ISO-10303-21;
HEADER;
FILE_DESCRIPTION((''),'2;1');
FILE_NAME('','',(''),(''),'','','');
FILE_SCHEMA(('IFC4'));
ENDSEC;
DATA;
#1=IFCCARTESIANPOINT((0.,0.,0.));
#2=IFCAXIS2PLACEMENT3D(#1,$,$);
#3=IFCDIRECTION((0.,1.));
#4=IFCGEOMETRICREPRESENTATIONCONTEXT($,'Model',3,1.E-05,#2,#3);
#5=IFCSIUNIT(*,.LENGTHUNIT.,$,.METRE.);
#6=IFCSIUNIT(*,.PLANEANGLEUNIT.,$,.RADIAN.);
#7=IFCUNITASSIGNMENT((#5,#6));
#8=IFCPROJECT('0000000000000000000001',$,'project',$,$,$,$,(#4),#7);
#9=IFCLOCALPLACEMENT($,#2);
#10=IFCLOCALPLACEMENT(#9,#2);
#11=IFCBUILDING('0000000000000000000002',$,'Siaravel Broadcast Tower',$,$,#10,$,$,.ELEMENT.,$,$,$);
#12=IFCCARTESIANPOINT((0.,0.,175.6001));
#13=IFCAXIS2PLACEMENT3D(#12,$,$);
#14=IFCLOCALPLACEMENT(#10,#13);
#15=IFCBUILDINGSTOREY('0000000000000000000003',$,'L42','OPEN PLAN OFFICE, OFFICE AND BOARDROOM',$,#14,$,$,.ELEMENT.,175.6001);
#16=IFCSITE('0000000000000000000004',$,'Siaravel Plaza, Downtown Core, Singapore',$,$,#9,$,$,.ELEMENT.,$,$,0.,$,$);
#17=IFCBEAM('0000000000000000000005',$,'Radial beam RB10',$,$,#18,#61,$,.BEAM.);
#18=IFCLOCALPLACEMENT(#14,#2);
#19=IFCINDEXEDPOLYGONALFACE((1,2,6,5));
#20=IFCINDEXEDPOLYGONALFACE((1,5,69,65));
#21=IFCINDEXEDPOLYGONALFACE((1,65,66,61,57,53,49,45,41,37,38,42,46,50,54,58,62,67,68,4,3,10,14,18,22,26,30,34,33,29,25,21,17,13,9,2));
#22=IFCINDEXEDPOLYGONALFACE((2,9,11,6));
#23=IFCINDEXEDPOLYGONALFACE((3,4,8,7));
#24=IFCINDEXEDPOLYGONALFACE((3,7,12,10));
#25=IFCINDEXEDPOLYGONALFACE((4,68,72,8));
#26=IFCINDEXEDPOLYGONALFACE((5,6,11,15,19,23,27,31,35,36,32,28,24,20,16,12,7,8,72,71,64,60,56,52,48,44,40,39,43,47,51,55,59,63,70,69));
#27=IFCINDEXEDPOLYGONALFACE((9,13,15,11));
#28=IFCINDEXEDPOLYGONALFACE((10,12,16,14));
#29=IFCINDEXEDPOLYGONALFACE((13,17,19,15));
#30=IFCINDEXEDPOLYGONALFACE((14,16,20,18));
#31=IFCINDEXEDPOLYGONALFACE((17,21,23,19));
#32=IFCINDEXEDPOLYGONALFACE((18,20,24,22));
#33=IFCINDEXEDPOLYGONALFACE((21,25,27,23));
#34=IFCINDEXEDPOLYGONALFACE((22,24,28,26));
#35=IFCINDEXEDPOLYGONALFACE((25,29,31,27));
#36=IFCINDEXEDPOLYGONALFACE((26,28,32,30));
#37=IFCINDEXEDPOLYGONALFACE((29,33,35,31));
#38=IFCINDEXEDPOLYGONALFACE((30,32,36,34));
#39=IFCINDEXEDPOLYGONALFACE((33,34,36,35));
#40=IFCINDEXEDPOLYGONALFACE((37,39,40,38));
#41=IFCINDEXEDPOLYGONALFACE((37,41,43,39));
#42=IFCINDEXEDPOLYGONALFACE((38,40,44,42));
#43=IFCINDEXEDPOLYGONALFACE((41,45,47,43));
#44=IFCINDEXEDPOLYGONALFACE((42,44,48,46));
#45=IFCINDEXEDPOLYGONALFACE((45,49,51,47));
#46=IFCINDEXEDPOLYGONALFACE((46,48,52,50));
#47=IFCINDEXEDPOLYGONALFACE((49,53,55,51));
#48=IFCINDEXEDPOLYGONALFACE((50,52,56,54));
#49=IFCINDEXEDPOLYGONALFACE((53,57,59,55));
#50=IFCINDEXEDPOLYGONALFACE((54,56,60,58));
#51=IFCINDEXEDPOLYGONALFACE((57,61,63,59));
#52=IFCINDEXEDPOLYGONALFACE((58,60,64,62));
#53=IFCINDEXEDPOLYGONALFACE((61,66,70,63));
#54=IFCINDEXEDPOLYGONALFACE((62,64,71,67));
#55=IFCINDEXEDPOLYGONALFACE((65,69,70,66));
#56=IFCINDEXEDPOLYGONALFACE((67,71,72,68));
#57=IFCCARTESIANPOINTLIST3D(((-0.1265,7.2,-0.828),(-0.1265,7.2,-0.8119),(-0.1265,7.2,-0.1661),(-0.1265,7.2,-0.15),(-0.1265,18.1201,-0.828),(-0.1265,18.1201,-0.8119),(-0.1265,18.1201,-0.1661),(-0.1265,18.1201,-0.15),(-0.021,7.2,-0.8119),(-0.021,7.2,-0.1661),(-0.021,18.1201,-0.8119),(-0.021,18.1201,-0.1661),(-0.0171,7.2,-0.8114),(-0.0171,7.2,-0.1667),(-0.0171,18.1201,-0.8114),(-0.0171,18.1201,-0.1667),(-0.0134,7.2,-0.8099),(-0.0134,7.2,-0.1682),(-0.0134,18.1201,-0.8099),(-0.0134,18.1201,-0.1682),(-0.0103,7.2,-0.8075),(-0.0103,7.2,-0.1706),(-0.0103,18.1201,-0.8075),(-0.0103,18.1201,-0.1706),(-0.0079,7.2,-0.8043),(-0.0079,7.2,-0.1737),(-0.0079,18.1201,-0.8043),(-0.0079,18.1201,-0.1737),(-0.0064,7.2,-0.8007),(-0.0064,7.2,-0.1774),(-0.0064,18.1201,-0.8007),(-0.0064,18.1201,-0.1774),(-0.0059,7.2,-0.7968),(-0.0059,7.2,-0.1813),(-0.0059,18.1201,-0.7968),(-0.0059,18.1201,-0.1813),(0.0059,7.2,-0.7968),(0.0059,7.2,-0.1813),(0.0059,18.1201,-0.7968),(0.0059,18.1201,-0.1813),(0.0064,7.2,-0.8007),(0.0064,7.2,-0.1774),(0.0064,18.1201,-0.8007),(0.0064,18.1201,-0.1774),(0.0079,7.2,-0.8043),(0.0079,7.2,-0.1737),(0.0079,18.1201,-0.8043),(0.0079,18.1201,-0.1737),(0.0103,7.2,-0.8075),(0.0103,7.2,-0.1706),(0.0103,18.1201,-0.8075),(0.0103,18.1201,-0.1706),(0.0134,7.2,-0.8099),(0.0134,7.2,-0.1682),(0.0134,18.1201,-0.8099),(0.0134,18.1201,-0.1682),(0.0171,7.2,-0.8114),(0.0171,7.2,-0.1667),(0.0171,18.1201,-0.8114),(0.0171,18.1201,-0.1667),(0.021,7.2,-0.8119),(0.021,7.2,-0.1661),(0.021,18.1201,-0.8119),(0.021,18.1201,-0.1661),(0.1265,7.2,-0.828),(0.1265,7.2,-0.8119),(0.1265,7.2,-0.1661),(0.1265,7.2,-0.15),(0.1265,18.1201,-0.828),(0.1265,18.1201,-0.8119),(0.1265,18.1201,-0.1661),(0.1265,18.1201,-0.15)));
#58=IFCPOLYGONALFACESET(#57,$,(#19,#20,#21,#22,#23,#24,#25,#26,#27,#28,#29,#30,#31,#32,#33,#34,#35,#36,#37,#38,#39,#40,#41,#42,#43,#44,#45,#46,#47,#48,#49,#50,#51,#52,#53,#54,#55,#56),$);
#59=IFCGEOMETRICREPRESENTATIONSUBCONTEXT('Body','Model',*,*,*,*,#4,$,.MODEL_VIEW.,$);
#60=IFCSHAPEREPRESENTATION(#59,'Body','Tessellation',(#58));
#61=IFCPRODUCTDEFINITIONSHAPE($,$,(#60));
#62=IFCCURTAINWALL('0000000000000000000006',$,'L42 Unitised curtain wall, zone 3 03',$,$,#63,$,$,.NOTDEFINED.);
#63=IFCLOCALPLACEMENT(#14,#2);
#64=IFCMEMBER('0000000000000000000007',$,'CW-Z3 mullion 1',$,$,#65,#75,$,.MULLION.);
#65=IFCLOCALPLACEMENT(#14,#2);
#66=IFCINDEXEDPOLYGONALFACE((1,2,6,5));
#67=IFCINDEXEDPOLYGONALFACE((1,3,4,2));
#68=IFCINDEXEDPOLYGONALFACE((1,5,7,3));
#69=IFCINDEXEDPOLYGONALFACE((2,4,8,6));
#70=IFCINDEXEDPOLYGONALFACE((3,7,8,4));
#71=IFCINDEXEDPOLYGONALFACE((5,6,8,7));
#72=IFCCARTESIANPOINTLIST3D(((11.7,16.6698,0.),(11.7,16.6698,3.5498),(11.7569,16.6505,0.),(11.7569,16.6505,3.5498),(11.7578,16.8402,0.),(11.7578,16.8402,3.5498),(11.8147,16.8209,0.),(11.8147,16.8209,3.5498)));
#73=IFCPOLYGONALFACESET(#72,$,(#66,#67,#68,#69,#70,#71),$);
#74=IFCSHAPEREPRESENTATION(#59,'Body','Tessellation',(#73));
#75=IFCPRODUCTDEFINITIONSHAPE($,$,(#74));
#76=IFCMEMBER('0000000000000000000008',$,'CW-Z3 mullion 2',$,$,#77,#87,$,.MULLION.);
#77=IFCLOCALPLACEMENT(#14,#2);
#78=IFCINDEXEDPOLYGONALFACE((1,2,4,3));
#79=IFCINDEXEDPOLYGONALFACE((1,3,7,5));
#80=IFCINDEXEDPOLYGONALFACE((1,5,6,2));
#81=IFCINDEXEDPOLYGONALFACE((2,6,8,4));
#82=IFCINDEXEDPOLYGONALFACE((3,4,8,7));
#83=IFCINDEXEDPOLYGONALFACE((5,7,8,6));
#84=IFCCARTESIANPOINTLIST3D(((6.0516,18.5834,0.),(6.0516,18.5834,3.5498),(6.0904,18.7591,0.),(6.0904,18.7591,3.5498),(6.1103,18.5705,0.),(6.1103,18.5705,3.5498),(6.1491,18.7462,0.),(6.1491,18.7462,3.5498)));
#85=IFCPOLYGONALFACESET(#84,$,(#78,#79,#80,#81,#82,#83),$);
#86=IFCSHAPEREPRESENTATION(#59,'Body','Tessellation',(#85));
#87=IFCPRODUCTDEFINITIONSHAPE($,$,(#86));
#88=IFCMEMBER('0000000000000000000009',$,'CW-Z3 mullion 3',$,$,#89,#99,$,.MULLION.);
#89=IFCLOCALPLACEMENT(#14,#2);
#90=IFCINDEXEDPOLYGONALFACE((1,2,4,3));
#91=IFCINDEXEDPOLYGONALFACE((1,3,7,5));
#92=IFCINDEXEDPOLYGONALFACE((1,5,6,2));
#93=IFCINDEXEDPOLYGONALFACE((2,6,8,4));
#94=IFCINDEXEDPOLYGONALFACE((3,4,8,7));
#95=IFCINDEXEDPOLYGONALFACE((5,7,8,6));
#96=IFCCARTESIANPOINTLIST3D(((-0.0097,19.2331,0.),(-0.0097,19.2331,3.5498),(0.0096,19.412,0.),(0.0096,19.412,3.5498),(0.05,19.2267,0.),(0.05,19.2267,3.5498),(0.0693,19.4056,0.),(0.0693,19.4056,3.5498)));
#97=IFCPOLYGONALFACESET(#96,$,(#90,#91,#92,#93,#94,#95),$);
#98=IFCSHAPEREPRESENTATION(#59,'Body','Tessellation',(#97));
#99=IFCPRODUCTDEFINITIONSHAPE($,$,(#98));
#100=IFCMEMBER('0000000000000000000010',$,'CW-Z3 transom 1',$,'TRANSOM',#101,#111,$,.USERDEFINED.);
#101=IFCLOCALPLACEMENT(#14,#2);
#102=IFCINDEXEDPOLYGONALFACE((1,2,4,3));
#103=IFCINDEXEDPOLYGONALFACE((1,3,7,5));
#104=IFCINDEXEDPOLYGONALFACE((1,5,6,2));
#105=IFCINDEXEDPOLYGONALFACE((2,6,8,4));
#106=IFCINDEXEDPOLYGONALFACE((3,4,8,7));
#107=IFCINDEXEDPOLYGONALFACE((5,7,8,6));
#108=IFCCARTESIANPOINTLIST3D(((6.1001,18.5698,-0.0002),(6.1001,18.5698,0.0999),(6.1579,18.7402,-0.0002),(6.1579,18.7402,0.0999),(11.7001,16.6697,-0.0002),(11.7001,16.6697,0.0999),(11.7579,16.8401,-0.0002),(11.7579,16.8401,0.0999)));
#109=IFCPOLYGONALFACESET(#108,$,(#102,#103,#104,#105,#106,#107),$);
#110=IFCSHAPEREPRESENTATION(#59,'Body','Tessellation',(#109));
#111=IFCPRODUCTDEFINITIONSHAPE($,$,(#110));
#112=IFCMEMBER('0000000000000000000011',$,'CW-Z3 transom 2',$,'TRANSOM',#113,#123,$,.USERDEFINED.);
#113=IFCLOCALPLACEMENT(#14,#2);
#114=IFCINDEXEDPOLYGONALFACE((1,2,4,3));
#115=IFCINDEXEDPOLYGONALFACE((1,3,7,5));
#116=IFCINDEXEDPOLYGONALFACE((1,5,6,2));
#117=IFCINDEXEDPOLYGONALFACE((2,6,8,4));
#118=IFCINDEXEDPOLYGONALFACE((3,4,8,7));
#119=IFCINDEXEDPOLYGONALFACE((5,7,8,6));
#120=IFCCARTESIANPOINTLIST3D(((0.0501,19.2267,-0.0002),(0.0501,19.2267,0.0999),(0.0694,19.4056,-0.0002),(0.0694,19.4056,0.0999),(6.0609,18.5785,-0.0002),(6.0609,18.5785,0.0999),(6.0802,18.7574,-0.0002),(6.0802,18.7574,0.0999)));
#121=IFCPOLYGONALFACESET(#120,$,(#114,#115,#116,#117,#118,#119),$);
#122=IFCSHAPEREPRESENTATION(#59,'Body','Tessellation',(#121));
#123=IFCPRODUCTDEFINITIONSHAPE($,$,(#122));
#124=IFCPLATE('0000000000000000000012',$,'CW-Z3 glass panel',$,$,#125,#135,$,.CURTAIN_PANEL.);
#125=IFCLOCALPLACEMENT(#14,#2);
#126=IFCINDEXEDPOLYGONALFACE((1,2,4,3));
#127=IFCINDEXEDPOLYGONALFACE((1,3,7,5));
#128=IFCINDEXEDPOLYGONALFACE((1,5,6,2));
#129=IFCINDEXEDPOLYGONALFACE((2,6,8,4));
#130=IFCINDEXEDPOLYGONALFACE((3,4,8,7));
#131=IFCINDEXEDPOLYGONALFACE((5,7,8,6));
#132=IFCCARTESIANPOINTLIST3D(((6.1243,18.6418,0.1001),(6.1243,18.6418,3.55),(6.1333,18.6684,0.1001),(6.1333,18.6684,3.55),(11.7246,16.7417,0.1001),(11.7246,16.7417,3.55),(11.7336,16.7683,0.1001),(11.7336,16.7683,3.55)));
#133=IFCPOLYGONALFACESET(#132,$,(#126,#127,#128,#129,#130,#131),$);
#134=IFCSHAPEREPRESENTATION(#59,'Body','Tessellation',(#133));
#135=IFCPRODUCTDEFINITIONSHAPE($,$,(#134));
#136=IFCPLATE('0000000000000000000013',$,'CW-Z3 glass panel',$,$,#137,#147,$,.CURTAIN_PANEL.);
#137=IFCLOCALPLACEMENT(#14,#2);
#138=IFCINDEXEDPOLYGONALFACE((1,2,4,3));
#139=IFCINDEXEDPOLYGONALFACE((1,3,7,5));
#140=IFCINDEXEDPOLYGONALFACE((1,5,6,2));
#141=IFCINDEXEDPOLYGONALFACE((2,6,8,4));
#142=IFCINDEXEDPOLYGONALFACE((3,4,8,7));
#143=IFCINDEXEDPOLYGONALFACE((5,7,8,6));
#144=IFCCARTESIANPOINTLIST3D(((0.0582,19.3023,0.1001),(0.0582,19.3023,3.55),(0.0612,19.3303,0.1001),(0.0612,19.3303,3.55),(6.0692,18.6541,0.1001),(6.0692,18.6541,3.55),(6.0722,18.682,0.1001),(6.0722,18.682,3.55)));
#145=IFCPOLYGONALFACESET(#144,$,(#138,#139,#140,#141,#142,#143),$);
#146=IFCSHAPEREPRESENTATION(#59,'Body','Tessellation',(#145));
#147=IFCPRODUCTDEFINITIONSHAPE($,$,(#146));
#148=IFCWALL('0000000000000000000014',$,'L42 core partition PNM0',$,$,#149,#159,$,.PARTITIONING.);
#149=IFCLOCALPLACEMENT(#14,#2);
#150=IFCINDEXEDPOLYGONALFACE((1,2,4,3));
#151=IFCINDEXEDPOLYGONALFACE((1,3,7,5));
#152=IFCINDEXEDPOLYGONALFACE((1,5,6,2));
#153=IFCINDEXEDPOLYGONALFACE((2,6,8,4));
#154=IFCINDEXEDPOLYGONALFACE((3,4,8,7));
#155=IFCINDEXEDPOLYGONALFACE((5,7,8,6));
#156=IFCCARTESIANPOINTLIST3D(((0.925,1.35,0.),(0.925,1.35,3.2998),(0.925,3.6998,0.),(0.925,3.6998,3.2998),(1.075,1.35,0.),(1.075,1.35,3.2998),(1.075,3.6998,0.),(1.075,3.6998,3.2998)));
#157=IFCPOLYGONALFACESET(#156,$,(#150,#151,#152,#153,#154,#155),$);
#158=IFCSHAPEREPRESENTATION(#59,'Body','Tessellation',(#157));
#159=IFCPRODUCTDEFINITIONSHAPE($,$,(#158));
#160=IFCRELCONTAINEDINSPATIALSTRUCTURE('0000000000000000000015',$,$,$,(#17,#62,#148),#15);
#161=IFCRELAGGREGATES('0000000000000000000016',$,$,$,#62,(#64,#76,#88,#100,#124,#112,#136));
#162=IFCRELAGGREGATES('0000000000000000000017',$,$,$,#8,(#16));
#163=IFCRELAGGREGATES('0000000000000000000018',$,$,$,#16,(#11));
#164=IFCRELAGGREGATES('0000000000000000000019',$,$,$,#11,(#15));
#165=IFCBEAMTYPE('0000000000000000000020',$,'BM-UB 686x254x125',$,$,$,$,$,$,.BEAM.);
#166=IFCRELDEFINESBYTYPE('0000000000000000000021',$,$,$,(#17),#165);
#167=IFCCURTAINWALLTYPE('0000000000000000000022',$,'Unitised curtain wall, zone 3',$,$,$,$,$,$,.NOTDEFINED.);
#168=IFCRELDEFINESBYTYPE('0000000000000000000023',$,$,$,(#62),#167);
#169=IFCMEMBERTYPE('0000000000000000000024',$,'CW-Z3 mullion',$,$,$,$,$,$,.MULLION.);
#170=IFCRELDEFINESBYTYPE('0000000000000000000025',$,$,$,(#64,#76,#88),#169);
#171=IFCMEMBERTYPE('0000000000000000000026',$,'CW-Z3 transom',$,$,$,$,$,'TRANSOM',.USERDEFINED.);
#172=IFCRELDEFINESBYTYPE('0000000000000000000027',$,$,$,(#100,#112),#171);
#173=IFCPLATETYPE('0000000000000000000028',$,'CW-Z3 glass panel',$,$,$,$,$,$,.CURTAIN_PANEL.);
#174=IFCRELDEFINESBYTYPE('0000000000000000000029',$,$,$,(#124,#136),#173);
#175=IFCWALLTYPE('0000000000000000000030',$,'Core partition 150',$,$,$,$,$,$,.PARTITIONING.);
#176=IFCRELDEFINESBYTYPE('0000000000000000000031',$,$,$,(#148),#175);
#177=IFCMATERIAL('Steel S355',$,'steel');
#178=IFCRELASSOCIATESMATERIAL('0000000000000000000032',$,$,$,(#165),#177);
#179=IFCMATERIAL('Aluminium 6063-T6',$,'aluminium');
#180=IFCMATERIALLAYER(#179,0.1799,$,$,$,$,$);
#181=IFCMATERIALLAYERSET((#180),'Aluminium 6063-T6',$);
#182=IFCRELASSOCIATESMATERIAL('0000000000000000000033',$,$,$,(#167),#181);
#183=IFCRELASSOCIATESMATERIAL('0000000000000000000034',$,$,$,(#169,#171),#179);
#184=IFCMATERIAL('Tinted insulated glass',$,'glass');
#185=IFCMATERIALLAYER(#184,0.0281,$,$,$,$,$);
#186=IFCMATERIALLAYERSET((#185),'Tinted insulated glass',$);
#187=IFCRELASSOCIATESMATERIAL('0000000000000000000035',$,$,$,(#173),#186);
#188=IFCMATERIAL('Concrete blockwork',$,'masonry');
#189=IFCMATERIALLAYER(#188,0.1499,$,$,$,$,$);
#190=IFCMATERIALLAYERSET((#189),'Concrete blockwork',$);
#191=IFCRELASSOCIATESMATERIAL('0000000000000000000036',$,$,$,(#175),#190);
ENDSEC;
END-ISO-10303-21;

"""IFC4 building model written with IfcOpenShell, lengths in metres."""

from ifc_helpers import new_model, si_unit, direction, frame, frame_2d, origin, origin_2d, place, context, subcontext, project, spatial, rectangle, i_section, extrude, material, layer, layer_set, material_profile, profile_set, type_object, element, aggregate, save


model = new_model("IFC4")

# Units and contexts
model_context = context("Model", 3, precision=1e-05, world=origin(), true_north=direction((0.0, 1.0)))
body_context = subcontext(model_context, "Body", "Model", "MODEL_VIEW")
ifc_project = project(units=[si_unit("LENGTHUNIT", "METRE"), si_unit("PLANEANGLEUNIT", "RADIAN")], contexts=[model_context])

# Site, building, storey
site_placement = place(None, origin())
site = spatial("IfcSite", under=ifc_project, at=site_placement, Name="Siaravel Plaza, Downtown Core, Singapore", CompositionType="ELEMENT", RefElevation=0.0)
building_placement = place(site_placement, origin())
building = spatial("IfcBuilding", under=site, at=building_placement, Name="Siaravel Broadcast Tower", CompositionType="ELEMENT")
storey_placement = place(building_placement, frame((0.0, 0.0, 175.6001)))
storey = spatial("IfcBuildingStorey", under=building, at=storey_placement, Name="L42", Description="OPEN PLAN OFFICE, OFFICE AND BOARDROOM", CompositionType="ELEMENT", Elevation=175.6001)

# Beam
ifc_material_1 = material(Name="Steel S355", Category="steel")
ifc_material_profile_1 = material_profile(ifc_material_1, i_section(OverallWidth=0.2529, OverallDepth=0.678, WebThickness=0.0117, FlangeThickness=0.0161, FilletRadius=0.0151, at=origin_2d()))
ifc_profile_set_1 = profile_set([ifc_material_profile_1], Name="Steel S355")
beam_type = type_object("IfcBeamType", Name="BM-UB 686x254x125", PredefinedType="BEAM", material=ifc_profile_set_1)
beam_1_placement = place(storey_placement, frame((0.0, 18.1201, -0.489), z_axis=(0.0, -1.0, 0.0), x_axis=(1.0, 0.0, 0.0)))
element("IfcBeam", 1, at=beam_1_placement, inside=storey, type_object=beam_type, Name="Radial beam RB10", PredefinedType="BEAM", context=body_context, shape_type="SweptSolid", body=[
    extrude(i_section(OverallWidth=0.2529, OverallDepth=0.678, WebThickness=0.0117, FlangeThickness=0.0161, FilletRadius=0.0151, at=origin_2d()), origin(), (0.0, 0.0, 1.0), 10.9202),
])

# Curtain wall, members, plates
ifc_material_2 = material(Name="Aluminium 6063-T6", Category="aluminium")
ifc_layer_1 = layer(ifc_material_2, 0.1799)
ifc_layer_set_1 = layer_set([ifc_layer_1], Name="Aluminium 6063-T6")
curtain_wall_type = type_object("IfcCurtainWallType", Name="Unitised curtain wall, zone 3", PredefinedType="NOTDEFINED", material=ifc_layer_set_1)
curtain_wall_placement = place(storey_placement, origin())
curtain_wall = element("IfcCurtainWall", 2, at=curtain_wall_placement, inside=storey, type_object=curtain_wall_type, Name="L42 Unitised curtain wall, zone 3 03", PredefinedType="NOTDEFINED")
ifc_material_profile_2 = material_profile(ifc_material_2, rectangle(XDim=0.1799, YDim=0.0601, at=origin_2d()))
ifc_profile_set_2 = profile_set([ifc_material_profile_2], Name="Aluminium 6063-T6")
member_type_1 = type_object("IfcMemberType", Name="CW-Z3 mullion", PredefinedType="MULLION", material=ifc_profile_set_2)
member_1_placement = place(storey_placement, frame((11.7573, 16.7454, 0.0), z_axis=(0.0, 0.0, 1.0), x_axis=(-0.3213, -0.946977, 0.0)))
member_1 = element("IfcMember", 3, at=member_1_placement, type_object=member_type_1, Name="CW-Z3 mullion 1", PredefinedType="MULLION", context=body_context, shape_type="SweptSolid", body=[
    extrude(rectangle(XDim=0.1799, YDim=0.0601, at=origin_2d()), origin(), (0.0, 0.0, 1.0), 3.5498),
])
member_2_placement = place(storey_placement, frame((6.1003, 18.6648, 0.0), z_axis=(0.0, 0.0, 1.0), x_axis=(-0.215558, -0.976491, 0.0)))
member_2 = element("IfcMember", 4, at=member_2_placement, type_object=member_type_1, Name="CW-Z3 mullion 2", PredefinedType="MULLION", context=body_context, shape_type="SweptSolid", body=[
    extrude(rectangle(XDim=0.1799, YDim=0.0601, at=origin_2d()), origin(), (0.0, 0.0, 1.0), 3.5498),
])
member_3_placement = place(storey_placement, frame((0.0298, 19.3193, 0.0), z_axis=(0.0, 0.0, 1.0), x_axis=(-0.107217, -0.994236, 0.0)))
member_3 = element("IfcMember", 5, at=member_3_placement, type_object=member_type_1, Name="CW-Z3 mullion 3", PredefinedType="MULLION", context=body_context, shape_type="SweptSolid", body=[
    extrude(rectangle(XDim=0.1799, YDim=0.0601, at=origin_2d()), origin(), (0.0, 0.0, 1.0), 3.5498),
])
ifc_material_profile_3 = material_profile(ifc_material_2, rectangle(XDim=0.1799, YDim=0.1001, at=origin_2d()))
ifc_profile_set_3 = profile_set([ifc_material_profile_3], Name="Aluminium 6063-T6")
member_type_2 = type_object("IfcMemberType", Name="CW-Z3 transom", ElementType="TRANSOM", PredefinedType="USERDEFINED", material=ifc_profile_set_3)
member_4_placement = place(storey_placement, frame((11.729, 16.7549, 0.0498), z_axis=(-0.946973, 0.321314, 0.0), x_axis=(-0.321314, -0.946973, 0.0)))
member_4 = element("IfcMember", 6, at=member_4_placement, type_object=member_type_2, Name="CW-Z3 transom 1", ObjectType="TRANSOM", PredefinedType="USERDEFINED", context=body_context, shape_type="SweptSolid", body=[
    extrude(rectangle(XDim=0.1799, YDim=0.1001, at=origin_2d()), origin(), (0.0, 0.0, 1.0), 5.9136),
])
member_5_placement = place(storey_placement, frame((6.0706, 18.668, 0.0498), z_axis=(-0.994236, 0.107218, 0.0), x_axis=(-0.107218, -0.994236, 0.0)))
member_5 = element("IfcMember", 7, at=member_5_placement, type_object=member_type_2, Name="CW-Z3 transom 2", ObjectType="TRANSOM", PredefinedType="USERDEFINED", context=body_context, shape_type="SweptSolid", body=[
    extrude(rectangle(XDim=0.1799, YDim=0.1001, at=origin_2d()), origin(), (0.0, 0.0, 1.0), 6.0457),
])
ifc_material_3 = material(Name="Tinted insulated glass", Category="glass")
ifc_layer_2 = layer(ifc_material_3, 0.0281)
ifc_layer_set_2 = layer_set([ifc_layer_2], Name="Tinted insulated glass")
plate_type = type_object("IfcPlateType", Name="CW-Z3 glass panel", PredefinedType="CURTAIN_PANEL", material=ifc_layer_set_2)
plate_1_placement = place(storey_placement, frame((8.929, 17.7051, 0.1001), z_axis=(0.0, 0.0, 1.0), x_axis=(-0.946977, 0.3213, 0.0)))
plate_1 = element("IfcPlate", 8, at=plate_1_placement, type_object=plate_type, Name="CW-Z3 glass panel", PredefinedType="CURTAIN_PANEL", context=body_context, shape_type="SweptSolid", body=[
    extrude(rectangle(XDim=5.9138, YDim=0.0281, at=origin_2d()), origin(), (0.0, 0.0, 1.0), 3.45),
])
plate_2_placement = place(storey_placement, frame((3.0652, 18.9922, 0.1001), z_axis=(0.0, 0.0, 1.0), x_axis=(-0.994236, 0.107217, 0.0)))
plate_2 = element("IfcPlate", 9, at=plate_2_placement, type_object=plate_type, Name="CW-Z3 glass panel", PredefinedType="CURTAIN_PANEL", context=body_context, shape_type="SweptSolid", body=[
    extrude(rectangle(XDim=6.0459, YDim=0.0281, at=origin_2d()), origin(), (0.0, 0.0, 1.0), 3.45),
])
aggregate(curtain_wall, [member_1, member_2, member_3, member_4, plate_1, member_5, plate_2])

# Wall
ifc_material_4 = material(Name="Concrete blockwork", Category="masonry")
ifc_layer_3 = layer(ifc_material_4, 0.1499)
ifc_layer_set_3 = layer_set([ifc_layer_3], Name="Concrete blockwork")
wall_type_1 = type_object("IfcWallType", Name="Core partition 150", PredefinedType="PARTITIONING", material=ifc_layer_set_3)
wall_1_placement = place(storey_placement, frame((1.0, 1.3501, 0.0), z_axis=(0.0, 0.0, 1.0), x_axis=(0.0, 1.0, 0.0)))
element("IfcWall", 10, at=wall_1_placement, inside=storey, type_object=wall_type_1, Name="L42 core partition PNM0", PredefinedType="PARTITIONING", context=body_context, shape_type="SweptSolid", body=[
    extrude(rectangle(XDim=2.3499, YDim=0.1499, at=frame_2d((1.1748, 0.0))), origin(), (0.0, 0.0, 1.0), 3.2998),
])

save(model, "model.ifc")
